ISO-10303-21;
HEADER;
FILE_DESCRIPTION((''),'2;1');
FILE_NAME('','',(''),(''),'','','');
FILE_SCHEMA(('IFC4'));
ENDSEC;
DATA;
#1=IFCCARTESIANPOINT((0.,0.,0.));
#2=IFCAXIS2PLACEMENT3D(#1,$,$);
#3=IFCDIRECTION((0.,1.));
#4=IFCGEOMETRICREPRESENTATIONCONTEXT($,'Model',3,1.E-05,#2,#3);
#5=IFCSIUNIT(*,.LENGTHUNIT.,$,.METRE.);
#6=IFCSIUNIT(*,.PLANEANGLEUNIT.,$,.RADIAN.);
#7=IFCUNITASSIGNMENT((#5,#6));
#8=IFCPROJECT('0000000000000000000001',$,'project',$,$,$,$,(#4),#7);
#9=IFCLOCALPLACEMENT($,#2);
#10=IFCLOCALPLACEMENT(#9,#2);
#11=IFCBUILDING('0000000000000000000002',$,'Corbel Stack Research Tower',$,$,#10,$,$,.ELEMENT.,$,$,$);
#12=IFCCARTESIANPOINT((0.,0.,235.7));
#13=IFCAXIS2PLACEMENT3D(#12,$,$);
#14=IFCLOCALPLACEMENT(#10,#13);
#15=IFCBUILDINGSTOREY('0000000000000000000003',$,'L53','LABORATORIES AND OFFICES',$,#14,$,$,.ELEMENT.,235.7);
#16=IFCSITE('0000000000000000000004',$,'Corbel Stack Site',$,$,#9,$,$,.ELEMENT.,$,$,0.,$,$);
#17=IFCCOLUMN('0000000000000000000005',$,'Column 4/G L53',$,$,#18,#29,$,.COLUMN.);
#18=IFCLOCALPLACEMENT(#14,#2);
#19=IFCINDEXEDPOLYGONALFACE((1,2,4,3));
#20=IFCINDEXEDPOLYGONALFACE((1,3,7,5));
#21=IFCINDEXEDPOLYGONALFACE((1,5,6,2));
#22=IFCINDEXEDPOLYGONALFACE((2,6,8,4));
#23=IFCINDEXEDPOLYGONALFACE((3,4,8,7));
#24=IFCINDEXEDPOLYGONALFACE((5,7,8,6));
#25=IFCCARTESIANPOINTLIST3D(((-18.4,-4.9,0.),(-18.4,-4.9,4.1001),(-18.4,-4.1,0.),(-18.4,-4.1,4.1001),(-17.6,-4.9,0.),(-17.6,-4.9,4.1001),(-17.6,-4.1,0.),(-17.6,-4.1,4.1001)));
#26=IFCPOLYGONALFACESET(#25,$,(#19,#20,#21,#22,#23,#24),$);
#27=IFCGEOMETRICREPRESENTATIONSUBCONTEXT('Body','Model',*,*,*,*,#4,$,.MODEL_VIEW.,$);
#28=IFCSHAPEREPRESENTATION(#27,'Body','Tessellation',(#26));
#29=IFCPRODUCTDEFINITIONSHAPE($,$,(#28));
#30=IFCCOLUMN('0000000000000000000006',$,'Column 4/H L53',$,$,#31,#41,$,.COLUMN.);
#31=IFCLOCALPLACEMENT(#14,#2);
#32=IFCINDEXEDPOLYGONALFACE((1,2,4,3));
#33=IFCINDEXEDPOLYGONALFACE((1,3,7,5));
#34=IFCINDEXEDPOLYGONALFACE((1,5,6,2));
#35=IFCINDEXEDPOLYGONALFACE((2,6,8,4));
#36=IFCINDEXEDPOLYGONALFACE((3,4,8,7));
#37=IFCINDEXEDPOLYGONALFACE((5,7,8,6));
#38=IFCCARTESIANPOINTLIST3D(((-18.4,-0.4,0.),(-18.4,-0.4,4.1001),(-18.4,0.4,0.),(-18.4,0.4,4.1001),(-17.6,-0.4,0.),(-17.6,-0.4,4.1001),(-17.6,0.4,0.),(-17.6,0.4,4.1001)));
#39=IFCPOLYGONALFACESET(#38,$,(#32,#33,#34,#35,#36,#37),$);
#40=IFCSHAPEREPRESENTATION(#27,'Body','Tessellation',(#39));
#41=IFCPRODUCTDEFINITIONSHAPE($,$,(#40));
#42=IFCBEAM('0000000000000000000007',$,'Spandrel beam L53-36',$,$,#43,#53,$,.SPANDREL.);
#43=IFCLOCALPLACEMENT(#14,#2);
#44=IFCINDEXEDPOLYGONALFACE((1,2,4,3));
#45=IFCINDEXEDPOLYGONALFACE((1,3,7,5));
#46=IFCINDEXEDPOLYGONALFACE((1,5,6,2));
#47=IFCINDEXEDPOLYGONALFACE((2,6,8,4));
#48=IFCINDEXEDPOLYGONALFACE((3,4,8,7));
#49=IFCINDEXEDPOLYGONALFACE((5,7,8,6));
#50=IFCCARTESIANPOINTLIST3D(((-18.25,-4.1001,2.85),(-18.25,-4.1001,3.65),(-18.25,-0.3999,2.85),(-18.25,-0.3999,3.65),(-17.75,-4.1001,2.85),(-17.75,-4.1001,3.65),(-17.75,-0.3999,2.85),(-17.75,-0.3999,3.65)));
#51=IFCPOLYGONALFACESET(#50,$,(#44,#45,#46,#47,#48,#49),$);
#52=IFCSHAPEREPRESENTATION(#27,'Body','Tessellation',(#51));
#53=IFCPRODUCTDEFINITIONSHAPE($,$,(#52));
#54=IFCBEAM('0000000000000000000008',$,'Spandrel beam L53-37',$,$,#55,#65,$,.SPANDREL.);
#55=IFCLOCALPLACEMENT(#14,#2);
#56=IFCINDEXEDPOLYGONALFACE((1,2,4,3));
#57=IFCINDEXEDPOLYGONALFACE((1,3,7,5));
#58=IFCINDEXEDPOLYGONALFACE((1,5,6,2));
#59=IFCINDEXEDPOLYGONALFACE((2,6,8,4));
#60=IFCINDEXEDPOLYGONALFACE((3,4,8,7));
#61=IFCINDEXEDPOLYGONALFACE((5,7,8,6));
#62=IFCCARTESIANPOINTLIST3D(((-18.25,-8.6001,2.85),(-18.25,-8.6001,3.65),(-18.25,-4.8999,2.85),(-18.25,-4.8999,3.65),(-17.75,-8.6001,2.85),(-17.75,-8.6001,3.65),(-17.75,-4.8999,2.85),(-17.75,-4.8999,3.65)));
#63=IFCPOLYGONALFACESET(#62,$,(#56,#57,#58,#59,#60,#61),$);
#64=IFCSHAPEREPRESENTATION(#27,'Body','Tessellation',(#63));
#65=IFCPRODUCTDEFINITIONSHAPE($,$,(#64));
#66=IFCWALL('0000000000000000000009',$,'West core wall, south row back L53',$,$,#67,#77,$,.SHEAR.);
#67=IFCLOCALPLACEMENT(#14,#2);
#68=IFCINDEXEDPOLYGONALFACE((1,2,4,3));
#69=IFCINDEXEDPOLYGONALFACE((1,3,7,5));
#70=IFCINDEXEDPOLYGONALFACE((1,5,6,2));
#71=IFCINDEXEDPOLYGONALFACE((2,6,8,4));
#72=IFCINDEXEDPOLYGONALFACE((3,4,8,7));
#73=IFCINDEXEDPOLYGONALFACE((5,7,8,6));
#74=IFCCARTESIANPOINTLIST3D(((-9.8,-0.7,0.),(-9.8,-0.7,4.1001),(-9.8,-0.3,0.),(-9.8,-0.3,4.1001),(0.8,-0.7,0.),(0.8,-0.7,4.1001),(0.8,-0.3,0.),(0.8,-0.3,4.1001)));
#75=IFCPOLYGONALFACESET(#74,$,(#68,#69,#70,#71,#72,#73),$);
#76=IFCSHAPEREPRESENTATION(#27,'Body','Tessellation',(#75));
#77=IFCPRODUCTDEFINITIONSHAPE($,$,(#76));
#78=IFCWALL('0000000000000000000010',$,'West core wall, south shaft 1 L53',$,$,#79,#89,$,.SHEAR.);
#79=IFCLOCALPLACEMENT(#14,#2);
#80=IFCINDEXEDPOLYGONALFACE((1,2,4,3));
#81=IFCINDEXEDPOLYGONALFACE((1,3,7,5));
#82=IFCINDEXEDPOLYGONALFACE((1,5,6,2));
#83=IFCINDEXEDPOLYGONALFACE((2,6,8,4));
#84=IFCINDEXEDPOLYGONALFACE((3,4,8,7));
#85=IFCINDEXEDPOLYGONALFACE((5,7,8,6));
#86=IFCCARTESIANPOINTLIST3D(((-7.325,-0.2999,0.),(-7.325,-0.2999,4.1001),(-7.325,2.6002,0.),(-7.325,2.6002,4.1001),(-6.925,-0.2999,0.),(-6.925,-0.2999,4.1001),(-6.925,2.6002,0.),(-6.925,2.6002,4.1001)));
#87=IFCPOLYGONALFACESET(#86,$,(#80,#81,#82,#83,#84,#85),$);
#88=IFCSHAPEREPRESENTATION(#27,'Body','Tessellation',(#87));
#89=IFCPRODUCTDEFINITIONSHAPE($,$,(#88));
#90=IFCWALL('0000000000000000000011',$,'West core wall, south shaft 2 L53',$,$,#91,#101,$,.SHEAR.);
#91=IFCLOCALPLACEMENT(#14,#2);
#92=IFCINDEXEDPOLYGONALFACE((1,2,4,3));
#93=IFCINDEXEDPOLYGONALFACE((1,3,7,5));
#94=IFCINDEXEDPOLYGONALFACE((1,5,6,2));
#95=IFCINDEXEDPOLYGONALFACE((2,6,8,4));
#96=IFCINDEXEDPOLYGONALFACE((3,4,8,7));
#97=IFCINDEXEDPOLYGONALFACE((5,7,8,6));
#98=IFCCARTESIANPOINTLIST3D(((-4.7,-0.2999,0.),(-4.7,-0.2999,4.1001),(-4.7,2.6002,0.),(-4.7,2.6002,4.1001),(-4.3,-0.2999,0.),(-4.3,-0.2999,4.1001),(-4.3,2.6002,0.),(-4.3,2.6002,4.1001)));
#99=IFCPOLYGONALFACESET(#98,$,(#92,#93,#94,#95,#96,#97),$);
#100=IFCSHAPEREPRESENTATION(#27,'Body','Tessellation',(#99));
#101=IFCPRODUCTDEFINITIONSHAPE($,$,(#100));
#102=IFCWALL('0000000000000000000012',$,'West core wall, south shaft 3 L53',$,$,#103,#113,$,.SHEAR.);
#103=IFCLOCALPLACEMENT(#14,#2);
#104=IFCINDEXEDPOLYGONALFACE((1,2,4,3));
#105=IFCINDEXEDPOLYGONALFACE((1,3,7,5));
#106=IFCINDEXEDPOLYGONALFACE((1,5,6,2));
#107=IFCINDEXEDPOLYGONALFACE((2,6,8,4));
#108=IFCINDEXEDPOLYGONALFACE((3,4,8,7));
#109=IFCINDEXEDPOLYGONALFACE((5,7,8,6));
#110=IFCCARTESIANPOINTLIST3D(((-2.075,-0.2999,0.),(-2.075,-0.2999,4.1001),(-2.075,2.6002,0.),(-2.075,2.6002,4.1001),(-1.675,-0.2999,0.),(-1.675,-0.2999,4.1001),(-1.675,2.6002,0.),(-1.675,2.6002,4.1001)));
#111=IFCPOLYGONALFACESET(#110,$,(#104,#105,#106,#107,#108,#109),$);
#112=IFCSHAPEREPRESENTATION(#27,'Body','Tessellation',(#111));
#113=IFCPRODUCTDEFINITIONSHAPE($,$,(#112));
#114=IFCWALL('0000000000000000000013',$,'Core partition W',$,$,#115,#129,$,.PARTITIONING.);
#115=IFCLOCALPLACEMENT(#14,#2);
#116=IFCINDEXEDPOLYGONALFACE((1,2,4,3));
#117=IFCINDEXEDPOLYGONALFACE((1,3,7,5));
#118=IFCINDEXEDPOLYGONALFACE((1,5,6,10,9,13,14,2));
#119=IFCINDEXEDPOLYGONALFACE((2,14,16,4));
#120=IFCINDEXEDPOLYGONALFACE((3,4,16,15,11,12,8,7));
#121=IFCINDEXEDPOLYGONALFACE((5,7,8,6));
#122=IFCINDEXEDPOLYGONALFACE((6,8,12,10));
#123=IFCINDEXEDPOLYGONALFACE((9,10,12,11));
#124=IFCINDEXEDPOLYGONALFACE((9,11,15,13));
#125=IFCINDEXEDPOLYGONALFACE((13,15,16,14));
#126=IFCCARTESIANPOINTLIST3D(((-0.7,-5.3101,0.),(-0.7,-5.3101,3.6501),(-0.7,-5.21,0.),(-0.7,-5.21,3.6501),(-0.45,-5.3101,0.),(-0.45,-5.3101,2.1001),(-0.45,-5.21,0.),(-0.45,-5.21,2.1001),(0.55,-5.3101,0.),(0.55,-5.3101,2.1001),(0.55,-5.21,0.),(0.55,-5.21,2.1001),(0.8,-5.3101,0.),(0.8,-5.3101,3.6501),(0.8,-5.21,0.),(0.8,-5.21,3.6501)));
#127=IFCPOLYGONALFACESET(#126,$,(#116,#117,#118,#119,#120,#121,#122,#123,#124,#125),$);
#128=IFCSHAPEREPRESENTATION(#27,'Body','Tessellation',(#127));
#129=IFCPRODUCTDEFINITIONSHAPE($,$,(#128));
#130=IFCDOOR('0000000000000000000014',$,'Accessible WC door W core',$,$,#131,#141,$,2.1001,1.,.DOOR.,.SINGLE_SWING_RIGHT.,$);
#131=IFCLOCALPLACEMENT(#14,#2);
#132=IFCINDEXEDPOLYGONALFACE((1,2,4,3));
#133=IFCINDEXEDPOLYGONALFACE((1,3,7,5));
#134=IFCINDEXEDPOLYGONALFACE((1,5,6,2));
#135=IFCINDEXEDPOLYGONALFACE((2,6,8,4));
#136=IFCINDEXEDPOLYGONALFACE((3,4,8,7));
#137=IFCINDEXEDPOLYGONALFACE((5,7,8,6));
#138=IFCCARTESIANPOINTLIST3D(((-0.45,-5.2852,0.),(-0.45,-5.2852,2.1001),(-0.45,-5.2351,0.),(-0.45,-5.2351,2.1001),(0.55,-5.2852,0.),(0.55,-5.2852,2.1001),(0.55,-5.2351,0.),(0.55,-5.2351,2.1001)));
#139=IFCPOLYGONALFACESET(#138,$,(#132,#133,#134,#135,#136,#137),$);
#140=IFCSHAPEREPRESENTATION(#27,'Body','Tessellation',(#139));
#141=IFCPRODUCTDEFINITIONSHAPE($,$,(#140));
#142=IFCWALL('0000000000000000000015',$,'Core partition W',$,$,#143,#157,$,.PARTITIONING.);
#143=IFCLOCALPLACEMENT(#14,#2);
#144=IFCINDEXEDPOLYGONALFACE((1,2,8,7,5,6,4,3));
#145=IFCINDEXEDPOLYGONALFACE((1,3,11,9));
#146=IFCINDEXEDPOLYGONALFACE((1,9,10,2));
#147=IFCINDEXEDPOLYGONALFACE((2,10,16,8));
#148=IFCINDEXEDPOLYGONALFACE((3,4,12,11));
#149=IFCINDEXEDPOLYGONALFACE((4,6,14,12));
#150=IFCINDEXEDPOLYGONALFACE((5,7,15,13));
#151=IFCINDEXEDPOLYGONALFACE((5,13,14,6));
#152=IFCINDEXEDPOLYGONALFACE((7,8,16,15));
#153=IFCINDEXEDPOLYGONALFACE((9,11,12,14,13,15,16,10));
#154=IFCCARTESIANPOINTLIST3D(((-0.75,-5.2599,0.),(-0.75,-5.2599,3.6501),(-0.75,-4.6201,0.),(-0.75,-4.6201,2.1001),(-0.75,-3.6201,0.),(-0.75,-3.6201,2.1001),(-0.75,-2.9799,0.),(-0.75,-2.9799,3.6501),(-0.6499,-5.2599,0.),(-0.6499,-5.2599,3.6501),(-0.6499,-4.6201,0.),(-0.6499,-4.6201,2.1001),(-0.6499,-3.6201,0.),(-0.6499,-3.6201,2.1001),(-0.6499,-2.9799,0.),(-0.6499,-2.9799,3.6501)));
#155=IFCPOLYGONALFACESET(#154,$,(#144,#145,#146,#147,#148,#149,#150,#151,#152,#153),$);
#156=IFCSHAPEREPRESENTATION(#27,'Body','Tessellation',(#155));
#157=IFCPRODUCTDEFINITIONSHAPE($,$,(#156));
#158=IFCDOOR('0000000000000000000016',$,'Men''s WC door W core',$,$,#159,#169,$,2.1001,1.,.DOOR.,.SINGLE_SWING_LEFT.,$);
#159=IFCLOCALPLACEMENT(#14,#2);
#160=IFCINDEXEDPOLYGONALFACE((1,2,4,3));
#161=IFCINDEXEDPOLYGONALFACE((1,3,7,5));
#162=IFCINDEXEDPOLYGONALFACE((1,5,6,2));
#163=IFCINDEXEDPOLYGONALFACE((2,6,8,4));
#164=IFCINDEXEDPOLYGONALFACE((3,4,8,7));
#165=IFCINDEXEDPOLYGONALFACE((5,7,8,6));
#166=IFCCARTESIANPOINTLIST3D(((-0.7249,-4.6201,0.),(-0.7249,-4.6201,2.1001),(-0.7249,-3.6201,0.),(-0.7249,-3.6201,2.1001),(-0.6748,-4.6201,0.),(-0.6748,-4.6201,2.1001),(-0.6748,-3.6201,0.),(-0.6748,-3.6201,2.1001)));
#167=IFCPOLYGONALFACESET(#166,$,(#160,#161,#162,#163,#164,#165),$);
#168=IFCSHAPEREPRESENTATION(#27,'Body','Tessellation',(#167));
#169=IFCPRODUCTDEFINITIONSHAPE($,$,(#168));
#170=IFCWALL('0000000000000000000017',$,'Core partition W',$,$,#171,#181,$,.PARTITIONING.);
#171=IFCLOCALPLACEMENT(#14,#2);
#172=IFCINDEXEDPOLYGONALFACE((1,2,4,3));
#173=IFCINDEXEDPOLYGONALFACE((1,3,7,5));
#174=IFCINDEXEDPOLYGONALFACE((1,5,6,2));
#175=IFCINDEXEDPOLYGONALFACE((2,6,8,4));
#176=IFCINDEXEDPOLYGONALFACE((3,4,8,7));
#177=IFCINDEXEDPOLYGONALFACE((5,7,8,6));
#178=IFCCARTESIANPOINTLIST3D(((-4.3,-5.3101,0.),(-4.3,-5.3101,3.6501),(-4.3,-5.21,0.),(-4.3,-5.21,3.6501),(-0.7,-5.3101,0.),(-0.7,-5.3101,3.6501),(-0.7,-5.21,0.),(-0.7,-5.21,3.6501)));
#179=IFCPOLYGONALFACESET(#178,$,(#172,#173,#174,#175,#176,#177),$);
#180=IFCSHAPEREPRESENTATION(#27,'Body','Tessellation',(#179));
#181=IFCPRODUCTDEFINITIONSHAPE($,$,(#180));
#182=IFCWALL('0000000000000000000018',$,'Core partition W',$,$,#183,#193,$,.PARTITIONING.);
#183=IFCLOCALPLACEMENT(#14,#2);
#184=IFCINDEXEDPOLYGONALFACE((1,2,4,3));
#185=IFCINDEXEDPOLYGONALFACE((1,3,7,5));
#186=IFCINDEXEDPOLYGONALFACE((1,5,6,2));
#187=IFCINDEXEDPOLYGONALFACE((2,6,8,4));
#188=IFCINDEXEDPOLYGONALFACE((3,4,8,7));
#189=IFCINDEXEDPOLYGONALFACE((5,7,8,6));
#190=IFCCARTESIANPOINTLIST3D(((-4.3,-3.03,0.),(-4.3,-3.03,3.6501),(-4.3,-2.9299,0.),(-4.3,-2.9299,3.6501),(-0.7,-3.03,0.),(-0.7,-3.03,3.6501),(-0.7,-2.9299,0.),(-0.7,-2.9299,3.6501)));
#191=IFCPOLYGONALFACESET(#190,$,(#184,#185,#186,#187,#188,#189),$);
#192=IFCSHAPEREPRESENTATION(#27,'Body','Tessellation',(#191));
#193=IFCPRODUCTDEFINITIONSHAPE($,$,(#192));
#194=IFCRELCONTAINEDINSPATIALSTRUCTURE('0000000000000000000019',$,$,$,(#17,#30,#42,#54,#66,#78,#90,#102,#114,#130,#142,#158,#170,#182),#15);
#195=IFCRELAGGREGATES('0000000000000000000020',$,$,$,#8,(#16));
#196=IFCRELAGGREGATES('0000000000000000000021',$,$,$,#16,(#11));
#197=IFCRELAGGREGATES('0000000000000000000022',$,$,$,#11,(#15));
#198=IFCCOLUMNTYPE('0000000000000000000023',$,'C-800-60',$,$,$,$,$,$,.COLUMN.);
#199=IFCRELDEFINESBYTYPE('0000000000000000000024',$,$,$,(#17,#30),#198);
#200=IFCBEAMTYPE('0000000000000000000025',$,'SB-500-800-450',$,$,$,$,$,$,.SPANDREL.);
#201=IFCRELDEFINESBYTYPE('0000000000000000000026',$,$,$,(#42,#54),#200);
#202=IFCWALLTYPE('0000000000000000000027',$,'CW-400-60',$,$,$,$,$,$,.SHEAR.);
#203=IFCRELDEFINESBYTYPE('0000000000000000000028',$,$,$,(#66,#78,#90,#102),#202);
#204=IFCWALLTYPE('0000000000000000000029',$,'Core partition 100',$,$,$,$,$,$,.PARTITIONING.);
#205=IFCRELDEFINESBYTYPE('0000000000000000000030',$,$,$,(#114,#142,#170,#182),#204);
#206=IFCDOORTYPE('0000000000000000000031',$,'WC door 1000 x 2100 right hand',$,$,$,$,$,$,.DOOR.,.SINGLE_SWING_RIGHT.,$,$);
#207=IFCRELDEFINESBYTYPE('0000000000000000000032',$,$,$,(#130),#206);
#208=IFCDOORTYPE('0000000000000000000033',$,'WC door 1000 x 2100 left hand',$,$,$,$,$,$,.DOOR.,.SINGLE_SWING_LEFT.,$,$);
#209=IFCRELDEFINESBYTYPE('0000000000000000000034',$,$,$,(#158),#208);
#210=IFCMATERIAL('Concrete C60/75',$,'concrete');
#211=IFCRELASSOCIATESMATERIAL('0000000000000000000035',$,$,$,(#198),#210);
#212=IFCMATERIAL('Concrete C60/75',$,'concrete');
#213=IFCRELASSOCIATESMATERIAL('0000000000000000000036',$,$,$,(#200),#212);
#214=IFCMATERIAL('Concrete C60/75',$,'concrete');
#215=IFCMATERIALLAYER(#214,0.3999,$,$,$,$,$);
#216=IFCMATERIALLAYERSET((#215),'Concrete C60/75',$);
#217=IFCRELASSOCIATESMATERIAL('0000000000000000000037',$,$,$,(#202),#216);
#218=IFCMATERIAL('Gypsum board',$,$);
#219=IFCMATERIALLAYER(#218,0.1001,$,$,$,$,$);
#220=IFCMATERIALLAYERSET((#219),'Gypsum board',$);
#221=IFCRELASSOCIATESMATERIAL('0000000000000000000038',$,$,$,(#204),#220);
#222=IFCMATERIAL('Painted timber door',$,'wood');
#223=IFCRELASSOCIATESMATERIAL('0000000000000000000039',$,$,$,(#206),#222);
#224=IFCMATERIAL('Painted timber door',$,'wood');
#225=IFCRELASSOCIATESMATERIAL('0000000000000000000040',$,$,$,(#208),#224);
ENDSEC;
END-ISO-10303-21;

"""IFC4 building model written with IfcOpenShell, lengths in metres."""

from ifc_helpers import new_model, si_unit, direction, frame, frame_2d, origin, origin_2d, place, context, subcontext, project, spatial, rectangle, extrude, material, layer, layer_set, material_profile, profile_set, type_object, element, fill, save


model = new_model("IFC4")

# Units and contexts
model_context = context("Model", 3, precision=1e-05, world=origin(), true_north=direction((0.0, 1.0)))
body_context = subcontext(model_context, "Body", "Model", "MODEL_VIEW")
ifc_project = project(units=[si_unit("LENGTHUNIT", "METRE"), si_unit("PLANEANGLEUNIT", "RADIAN")], contexts=[model_context])

# Site, building, storey
site_placement = place(None, origin())
site = spatial("IfcSite", under=ifc_project, at=site_placement, Name="Corbel Stack Site", CompositionType="ELEMENT", RefElevation=0.0)
building_placement = place(site_placement, origin())
building = spatial("IfcBuilding", under=site, at=building_placement, Name="Corbel Stack Research Tower", CompositionType="ELEMENT")
storey_placement = place(building_placement, frame((0.0, 0.0, 235.7)))
storey = spatial("IfcBuildingStorey", under=building, at=storey_placement, Name="L53", Description="LABORATORIES AND OFFICES", CompositionType="ELEMENT", Elevation=235.7)

# Columns
ifc_material_1 = material(Name="Concrete C60/75", Category="concrete")
ifc_material_profile_1 = material_profile(ifc_material_1, rectangle(XDim=0.8, YDim=0.8, at=origin_2d()), Name="RC 800 x 800")
ifc_profile_set_1 = profile_set([ifc_material_profile_1], Name="Concrete C60/75")
column_type = type_object("IfcColumnType", Name="C-800-60", PredefinedType="COLUMN", material=ifc_profile_set_1)
for number, where, z_axis, x_axis, name in (
    (1, (-18.0, -4.5, 0.0), (0.0, 0.0, 1.0), (1.0, 0.0, 0.0), "Column 4/G L53"),
    (2, (-18.0, 0.0, 0.0), (0.0, 0.0, 1.0), (1.0, 0.0, 0.0), "Column 4/H L53"),
):
    element("IfcColumn", number, at=place(storey_placement, frame(where, z_axis=z_axis, x_axis=x_axis)), inside=storey, type_object=column_type, Name=name, PredefinedType="COLUMN", context=body_context, shape_type="SweptSolid", body=[
        extrude(rectangle(XDim=0.8, YDim=0.8, at=origin_2d()), origin(), (0.0, 0.0, 1.0), 4.1001),
    ])

# Beams
ifc_material_2 = material(Name="Concrete C60/75", Category="concrete")
ifc_material_profile_2 = material_profile(ifc_material_2, rectangle(XDim=0.5, YDim=0.8, at=origin_2d()), Name="RC 500 x 800")
ifc_profile_set_2 = profile_set([ifc_material_profile_2], Name="Concrete C60/75")
beam_type = type_object("IfcBeamType", Name="SB-500-800-450", PredefinedType="SPANDREL", material=ifc_profile_set_2)
for number, where, z_axis, x_axis, name in (
    (3, (-18.0, -0.3999, 3.25), (0.0, -1.0, 0.0), (1.0, 0.0, 0.0), "Spandrel beam L53-36"),
    (4, (-18.0, -4.8999, 3.25), (0.0, -1.0, 0.0), (1.0, 0.0, 0.0), "Spandrel beam L53-37"),
):
    element("IfcBeam", number, at=place(storey_placement, frame(where, z_axis=z_axis, x_axis=x_axis)), inside=storey, type_object=beam_type, Name=name, PredefinedType="SPANDREL", context=body_context, shape_type="SweptSolid", body=[
        extrude(rectangle(XDim=0.5, YDim=0.8, at=origin_2d()), origin(), (0.0, 0.0, 1.0), 3.7002),
    ])

# Walls
ifc_material_3 = material(Name="Concrete C60/75", Category="concrete")
ifc_layer_1 = layer(ifc_material_3, 0.3999)
ifc_layer_set_1 = layer_set([ifc_layer_1], Name="Concrete C60/75")
wall_type_1 = type_object("IfcWallType", Name="CW-400-60", PredefinedType="SHEAR", material=ifc_layer_set_1)
wall_1_placement = place(storey_placement, frame((-9.8, -0.5, 0.0), z_axis=(0.0, 0.0, 1.0), x_axis=(1.0, 0.0, 0.0)))
element("IfcWall", 5, at=wall_1_placement, inside=storey, type_object=wall_type_1, Name="West core wall, south row back L53", PredefinedType="SHEAR", context=body_context, shape_type="SweptSolid", body=[
    extrude(rectangle(XDim=10.6001, YDim=0.3999, at=frame_2d((5.3, 0.0))), origin(), (0.0, 0.0, 1.0), 4.1001),
])
for number, where, z_axis, x_axis, name in (
    (6, (-7.125, -0.3, 0.0), (0.0, 0.0, 1.0), (0.0, 1.0, 0.0), "West core wall, south shaft 1 L53"),
    (7, (-4.5, -0.3, 0.0), (0.0, 0.0, 1.0), (0.0, 1.0, 0.0), "West core wall, south shaft 2 L53"),
    (8, (-1.875, -0.3, 0.0), (0.0, 0.0, 1.0), (0.0, 1.0, 0.0), "West core wall, south shaft 3 L53"),
):
    element("IfcWall", number, at=place(storey_placement, frame(where, z_axis=z_axis, x_axis=x_axis)), inside=storey, type_object=wall_type_1, Name=name, PredefinedType="SHEAR", context=body_context, shape_type="SweptSolid", body=[
        extrude(rectangle(XDim=2.9001, YDim=0.3999, at=frame_2d((1.4502, 0.0))), origin(), (0.0, 0.0, 1.0), 4.1001),
    ])

# Walls, openings, doors
ifc_material_4 = material(Name="Gypsum board")
ifc_layer_2 = layer(ifc_material_4, 0.1001)
ifc_layer_set_2 = layer_set([ifc_layer_2], Name="Gypsum board")
wall_type_2 = type_object("IfcWallType", Name="Core partition 100", PredefinedType="PARTITIONING", material=ifc_layer_set_2)
wall_2_placement = place(storey_placement, frame((-0.7, -5.26, 0.0), z_axis=(0.0, 0.0, 1.0), x_axis=(1.0, 0.0, 0.0)))
wall_2 = element("IfcWall", 9, at=wall_2_placement, inside=storey, type_object=wall_type_2, Name="Core partition W", PredefinedType="PARTITIONING", context=body_context, shape_type="SweptSolid", body=[
    extrude(rectangle(XDim=1.5, YDim=0.1001, at=frame_2d((0.75, 0.0))), origin(), (0.0, 0.0, 1.0), 3.6501),
])
opening_1_placement = place(wall_2_placement, frame((0.25, 0.0, 0.0)))
opening_1 = element("IfcOpeningElement", 10, at=opening_1_placement, cuts=wall_2, PredefinedType="OPENING", context=body_context, shape_type="SweptSolid", body=[
    extrude(rectangle(XDim=1.0, YDim=2.1001, at=frame_2d((0.5, 1.05))), frame((0.0, 0.0601, 0.0), z_axis=(0.0, -1.0, 0.0), x_axis=(1.0, 0.0, 0.0)), (0.0, 0.0, 1.0), 0.1201),
])
ifc_material_5 = material(Name="Painted timber door", Category="wood")
door_type_1 = type_object("IfcDoorType", Name="WC door 1000 x 2100 right hand", OperationType="SINGLE_SWING_RIGHT", PredefinedType="DOOR", material=ifc_material_5)
door_1_placement = place(opening_1_placement, origin())
door_1 = element("IfcDoor", 11, at=door_1_placement, inside=storey, type_object=door_type_1, Name="Accessible WC door W core", OperationType="SINGLE_SWING_RIGHT", OverallHeight=2.1001, OverallWidth=1.0, PredefinedType="DOOR", context=body_context, shape_type="SweptSolid", body=[
    extrude(rectangle(XDim=1.0, YDim=2.1001, at=frame_2d((0.5, 1.05))), frame((0.0, 0.0249, 0.0), z_axis=(0.0, -1.0, 0.0), x_axis=(1.0, 0.0, 0.0)), (0.0, 0.0, 1.0), 0.05),
])
fill(opening_1, door_1)
wall_3_placement = place(storey_placement, frame((-0.7, -5.26, 0.0), z_axis=(0.0, 0.0, 1.0), x_axis=(0.0, 1.0, 0.0)))
wall_3 = element("IfcWall", 12, at=wall_3_placement, inside=storey, type_object=wall_type_2, Name="Core partition W", PredefinedType="PARTITIONING", context=body_context, shape_type="SweptSolid", body=[
    extrude(rectangle(XDim=2.28, YDim=0.1001, at=frame_2d((1.1401, 0.0))), origin(), (0.0, 0.0, 1.0), 3.6501),
])
opening_2_placement = place(wall_3_placement, frame((0.6399, 0.0, 0.0)))
opening_2 = element("IfcOpeningElement", 13, at=opening_2_placement, cuts=wall_3, PredefinedType="OPENING", context=body_context, shape_type="SweptSolid", body=[
    extrude(rectangle(XDim=1.0, YDim=2.1001, at=frame_2d((0.5, 1.05))), frame((0.0, 0.0601, 0.0), z_axis=(0.0, -1.0, 0.0), x_axis=(1.0, 0.0, 0.0)), (0.0, 0.0, 1.0), 0.1201),
])
ifc_material_6 = material(Name="Painted timber door", Category="wood")
door_type_2 = type_object("IfcDoorType", Name="WC door 1000 x 2100 left hand", OperationType="SINGLE_SWING_LEFT", PredefinedType="DOOR", material=ifc_material_6)
door_2_placement = place(opening_2_placement, origin())
door_2 = element("IfcDoor", 14, at=door_2_placement, inside=storey, type_object=door_type_2, Name="Men's WC door W core", OperationType="SINGLE_SWING_LEFT", OverallHeight=2.1001, OverallWidth=1.0, PredefinedType="DOOR", context=body_context, shape_type="SweptSolid", body=[
    extrude(rectangle(XDim=1.0, YDim=2.1001, at=frame_2d((0.5, 1.05))), frame((0.0, 0.0249, 0.0), z_axis=(0.0, -1.0, 0.0), x_axis=(1.0, 0.0, 0.0)), (0.0, 0.0, 1.0), 0.05),
])
fill(opening_2, door_2)

# Walls
for number, where, z_axis, x_axis, name in (
    (15, (-4.3, -5.26, 0.0), (0.0, 0.0, 1.0), (1.0, 0.0, 0.0), "Core partition W"),
    (16, (-4.3, -2.98, 0.0), (0.0, 0.0, 1.0), (1.0, 0.0, 0.0), "Core partition W"),
):
    element("IfcWall", number, at=place(storey_placement, frame(where, z_axis=z_axis, x_axis=x_axis)), inside=storey, type_object=wall_type_2, Name=name, PredefinedType="PARTITIONING", context=body_context, shape_type="SweptSolid", body=[
        extrude(rectangle(XDim=3.6001, YDim=0.1001, at=frame_2d((1.8, 0.0))), origin(), (0.0, 0.0, 1.0), 3.6501),
    ])

save(model, "model.ifc")
